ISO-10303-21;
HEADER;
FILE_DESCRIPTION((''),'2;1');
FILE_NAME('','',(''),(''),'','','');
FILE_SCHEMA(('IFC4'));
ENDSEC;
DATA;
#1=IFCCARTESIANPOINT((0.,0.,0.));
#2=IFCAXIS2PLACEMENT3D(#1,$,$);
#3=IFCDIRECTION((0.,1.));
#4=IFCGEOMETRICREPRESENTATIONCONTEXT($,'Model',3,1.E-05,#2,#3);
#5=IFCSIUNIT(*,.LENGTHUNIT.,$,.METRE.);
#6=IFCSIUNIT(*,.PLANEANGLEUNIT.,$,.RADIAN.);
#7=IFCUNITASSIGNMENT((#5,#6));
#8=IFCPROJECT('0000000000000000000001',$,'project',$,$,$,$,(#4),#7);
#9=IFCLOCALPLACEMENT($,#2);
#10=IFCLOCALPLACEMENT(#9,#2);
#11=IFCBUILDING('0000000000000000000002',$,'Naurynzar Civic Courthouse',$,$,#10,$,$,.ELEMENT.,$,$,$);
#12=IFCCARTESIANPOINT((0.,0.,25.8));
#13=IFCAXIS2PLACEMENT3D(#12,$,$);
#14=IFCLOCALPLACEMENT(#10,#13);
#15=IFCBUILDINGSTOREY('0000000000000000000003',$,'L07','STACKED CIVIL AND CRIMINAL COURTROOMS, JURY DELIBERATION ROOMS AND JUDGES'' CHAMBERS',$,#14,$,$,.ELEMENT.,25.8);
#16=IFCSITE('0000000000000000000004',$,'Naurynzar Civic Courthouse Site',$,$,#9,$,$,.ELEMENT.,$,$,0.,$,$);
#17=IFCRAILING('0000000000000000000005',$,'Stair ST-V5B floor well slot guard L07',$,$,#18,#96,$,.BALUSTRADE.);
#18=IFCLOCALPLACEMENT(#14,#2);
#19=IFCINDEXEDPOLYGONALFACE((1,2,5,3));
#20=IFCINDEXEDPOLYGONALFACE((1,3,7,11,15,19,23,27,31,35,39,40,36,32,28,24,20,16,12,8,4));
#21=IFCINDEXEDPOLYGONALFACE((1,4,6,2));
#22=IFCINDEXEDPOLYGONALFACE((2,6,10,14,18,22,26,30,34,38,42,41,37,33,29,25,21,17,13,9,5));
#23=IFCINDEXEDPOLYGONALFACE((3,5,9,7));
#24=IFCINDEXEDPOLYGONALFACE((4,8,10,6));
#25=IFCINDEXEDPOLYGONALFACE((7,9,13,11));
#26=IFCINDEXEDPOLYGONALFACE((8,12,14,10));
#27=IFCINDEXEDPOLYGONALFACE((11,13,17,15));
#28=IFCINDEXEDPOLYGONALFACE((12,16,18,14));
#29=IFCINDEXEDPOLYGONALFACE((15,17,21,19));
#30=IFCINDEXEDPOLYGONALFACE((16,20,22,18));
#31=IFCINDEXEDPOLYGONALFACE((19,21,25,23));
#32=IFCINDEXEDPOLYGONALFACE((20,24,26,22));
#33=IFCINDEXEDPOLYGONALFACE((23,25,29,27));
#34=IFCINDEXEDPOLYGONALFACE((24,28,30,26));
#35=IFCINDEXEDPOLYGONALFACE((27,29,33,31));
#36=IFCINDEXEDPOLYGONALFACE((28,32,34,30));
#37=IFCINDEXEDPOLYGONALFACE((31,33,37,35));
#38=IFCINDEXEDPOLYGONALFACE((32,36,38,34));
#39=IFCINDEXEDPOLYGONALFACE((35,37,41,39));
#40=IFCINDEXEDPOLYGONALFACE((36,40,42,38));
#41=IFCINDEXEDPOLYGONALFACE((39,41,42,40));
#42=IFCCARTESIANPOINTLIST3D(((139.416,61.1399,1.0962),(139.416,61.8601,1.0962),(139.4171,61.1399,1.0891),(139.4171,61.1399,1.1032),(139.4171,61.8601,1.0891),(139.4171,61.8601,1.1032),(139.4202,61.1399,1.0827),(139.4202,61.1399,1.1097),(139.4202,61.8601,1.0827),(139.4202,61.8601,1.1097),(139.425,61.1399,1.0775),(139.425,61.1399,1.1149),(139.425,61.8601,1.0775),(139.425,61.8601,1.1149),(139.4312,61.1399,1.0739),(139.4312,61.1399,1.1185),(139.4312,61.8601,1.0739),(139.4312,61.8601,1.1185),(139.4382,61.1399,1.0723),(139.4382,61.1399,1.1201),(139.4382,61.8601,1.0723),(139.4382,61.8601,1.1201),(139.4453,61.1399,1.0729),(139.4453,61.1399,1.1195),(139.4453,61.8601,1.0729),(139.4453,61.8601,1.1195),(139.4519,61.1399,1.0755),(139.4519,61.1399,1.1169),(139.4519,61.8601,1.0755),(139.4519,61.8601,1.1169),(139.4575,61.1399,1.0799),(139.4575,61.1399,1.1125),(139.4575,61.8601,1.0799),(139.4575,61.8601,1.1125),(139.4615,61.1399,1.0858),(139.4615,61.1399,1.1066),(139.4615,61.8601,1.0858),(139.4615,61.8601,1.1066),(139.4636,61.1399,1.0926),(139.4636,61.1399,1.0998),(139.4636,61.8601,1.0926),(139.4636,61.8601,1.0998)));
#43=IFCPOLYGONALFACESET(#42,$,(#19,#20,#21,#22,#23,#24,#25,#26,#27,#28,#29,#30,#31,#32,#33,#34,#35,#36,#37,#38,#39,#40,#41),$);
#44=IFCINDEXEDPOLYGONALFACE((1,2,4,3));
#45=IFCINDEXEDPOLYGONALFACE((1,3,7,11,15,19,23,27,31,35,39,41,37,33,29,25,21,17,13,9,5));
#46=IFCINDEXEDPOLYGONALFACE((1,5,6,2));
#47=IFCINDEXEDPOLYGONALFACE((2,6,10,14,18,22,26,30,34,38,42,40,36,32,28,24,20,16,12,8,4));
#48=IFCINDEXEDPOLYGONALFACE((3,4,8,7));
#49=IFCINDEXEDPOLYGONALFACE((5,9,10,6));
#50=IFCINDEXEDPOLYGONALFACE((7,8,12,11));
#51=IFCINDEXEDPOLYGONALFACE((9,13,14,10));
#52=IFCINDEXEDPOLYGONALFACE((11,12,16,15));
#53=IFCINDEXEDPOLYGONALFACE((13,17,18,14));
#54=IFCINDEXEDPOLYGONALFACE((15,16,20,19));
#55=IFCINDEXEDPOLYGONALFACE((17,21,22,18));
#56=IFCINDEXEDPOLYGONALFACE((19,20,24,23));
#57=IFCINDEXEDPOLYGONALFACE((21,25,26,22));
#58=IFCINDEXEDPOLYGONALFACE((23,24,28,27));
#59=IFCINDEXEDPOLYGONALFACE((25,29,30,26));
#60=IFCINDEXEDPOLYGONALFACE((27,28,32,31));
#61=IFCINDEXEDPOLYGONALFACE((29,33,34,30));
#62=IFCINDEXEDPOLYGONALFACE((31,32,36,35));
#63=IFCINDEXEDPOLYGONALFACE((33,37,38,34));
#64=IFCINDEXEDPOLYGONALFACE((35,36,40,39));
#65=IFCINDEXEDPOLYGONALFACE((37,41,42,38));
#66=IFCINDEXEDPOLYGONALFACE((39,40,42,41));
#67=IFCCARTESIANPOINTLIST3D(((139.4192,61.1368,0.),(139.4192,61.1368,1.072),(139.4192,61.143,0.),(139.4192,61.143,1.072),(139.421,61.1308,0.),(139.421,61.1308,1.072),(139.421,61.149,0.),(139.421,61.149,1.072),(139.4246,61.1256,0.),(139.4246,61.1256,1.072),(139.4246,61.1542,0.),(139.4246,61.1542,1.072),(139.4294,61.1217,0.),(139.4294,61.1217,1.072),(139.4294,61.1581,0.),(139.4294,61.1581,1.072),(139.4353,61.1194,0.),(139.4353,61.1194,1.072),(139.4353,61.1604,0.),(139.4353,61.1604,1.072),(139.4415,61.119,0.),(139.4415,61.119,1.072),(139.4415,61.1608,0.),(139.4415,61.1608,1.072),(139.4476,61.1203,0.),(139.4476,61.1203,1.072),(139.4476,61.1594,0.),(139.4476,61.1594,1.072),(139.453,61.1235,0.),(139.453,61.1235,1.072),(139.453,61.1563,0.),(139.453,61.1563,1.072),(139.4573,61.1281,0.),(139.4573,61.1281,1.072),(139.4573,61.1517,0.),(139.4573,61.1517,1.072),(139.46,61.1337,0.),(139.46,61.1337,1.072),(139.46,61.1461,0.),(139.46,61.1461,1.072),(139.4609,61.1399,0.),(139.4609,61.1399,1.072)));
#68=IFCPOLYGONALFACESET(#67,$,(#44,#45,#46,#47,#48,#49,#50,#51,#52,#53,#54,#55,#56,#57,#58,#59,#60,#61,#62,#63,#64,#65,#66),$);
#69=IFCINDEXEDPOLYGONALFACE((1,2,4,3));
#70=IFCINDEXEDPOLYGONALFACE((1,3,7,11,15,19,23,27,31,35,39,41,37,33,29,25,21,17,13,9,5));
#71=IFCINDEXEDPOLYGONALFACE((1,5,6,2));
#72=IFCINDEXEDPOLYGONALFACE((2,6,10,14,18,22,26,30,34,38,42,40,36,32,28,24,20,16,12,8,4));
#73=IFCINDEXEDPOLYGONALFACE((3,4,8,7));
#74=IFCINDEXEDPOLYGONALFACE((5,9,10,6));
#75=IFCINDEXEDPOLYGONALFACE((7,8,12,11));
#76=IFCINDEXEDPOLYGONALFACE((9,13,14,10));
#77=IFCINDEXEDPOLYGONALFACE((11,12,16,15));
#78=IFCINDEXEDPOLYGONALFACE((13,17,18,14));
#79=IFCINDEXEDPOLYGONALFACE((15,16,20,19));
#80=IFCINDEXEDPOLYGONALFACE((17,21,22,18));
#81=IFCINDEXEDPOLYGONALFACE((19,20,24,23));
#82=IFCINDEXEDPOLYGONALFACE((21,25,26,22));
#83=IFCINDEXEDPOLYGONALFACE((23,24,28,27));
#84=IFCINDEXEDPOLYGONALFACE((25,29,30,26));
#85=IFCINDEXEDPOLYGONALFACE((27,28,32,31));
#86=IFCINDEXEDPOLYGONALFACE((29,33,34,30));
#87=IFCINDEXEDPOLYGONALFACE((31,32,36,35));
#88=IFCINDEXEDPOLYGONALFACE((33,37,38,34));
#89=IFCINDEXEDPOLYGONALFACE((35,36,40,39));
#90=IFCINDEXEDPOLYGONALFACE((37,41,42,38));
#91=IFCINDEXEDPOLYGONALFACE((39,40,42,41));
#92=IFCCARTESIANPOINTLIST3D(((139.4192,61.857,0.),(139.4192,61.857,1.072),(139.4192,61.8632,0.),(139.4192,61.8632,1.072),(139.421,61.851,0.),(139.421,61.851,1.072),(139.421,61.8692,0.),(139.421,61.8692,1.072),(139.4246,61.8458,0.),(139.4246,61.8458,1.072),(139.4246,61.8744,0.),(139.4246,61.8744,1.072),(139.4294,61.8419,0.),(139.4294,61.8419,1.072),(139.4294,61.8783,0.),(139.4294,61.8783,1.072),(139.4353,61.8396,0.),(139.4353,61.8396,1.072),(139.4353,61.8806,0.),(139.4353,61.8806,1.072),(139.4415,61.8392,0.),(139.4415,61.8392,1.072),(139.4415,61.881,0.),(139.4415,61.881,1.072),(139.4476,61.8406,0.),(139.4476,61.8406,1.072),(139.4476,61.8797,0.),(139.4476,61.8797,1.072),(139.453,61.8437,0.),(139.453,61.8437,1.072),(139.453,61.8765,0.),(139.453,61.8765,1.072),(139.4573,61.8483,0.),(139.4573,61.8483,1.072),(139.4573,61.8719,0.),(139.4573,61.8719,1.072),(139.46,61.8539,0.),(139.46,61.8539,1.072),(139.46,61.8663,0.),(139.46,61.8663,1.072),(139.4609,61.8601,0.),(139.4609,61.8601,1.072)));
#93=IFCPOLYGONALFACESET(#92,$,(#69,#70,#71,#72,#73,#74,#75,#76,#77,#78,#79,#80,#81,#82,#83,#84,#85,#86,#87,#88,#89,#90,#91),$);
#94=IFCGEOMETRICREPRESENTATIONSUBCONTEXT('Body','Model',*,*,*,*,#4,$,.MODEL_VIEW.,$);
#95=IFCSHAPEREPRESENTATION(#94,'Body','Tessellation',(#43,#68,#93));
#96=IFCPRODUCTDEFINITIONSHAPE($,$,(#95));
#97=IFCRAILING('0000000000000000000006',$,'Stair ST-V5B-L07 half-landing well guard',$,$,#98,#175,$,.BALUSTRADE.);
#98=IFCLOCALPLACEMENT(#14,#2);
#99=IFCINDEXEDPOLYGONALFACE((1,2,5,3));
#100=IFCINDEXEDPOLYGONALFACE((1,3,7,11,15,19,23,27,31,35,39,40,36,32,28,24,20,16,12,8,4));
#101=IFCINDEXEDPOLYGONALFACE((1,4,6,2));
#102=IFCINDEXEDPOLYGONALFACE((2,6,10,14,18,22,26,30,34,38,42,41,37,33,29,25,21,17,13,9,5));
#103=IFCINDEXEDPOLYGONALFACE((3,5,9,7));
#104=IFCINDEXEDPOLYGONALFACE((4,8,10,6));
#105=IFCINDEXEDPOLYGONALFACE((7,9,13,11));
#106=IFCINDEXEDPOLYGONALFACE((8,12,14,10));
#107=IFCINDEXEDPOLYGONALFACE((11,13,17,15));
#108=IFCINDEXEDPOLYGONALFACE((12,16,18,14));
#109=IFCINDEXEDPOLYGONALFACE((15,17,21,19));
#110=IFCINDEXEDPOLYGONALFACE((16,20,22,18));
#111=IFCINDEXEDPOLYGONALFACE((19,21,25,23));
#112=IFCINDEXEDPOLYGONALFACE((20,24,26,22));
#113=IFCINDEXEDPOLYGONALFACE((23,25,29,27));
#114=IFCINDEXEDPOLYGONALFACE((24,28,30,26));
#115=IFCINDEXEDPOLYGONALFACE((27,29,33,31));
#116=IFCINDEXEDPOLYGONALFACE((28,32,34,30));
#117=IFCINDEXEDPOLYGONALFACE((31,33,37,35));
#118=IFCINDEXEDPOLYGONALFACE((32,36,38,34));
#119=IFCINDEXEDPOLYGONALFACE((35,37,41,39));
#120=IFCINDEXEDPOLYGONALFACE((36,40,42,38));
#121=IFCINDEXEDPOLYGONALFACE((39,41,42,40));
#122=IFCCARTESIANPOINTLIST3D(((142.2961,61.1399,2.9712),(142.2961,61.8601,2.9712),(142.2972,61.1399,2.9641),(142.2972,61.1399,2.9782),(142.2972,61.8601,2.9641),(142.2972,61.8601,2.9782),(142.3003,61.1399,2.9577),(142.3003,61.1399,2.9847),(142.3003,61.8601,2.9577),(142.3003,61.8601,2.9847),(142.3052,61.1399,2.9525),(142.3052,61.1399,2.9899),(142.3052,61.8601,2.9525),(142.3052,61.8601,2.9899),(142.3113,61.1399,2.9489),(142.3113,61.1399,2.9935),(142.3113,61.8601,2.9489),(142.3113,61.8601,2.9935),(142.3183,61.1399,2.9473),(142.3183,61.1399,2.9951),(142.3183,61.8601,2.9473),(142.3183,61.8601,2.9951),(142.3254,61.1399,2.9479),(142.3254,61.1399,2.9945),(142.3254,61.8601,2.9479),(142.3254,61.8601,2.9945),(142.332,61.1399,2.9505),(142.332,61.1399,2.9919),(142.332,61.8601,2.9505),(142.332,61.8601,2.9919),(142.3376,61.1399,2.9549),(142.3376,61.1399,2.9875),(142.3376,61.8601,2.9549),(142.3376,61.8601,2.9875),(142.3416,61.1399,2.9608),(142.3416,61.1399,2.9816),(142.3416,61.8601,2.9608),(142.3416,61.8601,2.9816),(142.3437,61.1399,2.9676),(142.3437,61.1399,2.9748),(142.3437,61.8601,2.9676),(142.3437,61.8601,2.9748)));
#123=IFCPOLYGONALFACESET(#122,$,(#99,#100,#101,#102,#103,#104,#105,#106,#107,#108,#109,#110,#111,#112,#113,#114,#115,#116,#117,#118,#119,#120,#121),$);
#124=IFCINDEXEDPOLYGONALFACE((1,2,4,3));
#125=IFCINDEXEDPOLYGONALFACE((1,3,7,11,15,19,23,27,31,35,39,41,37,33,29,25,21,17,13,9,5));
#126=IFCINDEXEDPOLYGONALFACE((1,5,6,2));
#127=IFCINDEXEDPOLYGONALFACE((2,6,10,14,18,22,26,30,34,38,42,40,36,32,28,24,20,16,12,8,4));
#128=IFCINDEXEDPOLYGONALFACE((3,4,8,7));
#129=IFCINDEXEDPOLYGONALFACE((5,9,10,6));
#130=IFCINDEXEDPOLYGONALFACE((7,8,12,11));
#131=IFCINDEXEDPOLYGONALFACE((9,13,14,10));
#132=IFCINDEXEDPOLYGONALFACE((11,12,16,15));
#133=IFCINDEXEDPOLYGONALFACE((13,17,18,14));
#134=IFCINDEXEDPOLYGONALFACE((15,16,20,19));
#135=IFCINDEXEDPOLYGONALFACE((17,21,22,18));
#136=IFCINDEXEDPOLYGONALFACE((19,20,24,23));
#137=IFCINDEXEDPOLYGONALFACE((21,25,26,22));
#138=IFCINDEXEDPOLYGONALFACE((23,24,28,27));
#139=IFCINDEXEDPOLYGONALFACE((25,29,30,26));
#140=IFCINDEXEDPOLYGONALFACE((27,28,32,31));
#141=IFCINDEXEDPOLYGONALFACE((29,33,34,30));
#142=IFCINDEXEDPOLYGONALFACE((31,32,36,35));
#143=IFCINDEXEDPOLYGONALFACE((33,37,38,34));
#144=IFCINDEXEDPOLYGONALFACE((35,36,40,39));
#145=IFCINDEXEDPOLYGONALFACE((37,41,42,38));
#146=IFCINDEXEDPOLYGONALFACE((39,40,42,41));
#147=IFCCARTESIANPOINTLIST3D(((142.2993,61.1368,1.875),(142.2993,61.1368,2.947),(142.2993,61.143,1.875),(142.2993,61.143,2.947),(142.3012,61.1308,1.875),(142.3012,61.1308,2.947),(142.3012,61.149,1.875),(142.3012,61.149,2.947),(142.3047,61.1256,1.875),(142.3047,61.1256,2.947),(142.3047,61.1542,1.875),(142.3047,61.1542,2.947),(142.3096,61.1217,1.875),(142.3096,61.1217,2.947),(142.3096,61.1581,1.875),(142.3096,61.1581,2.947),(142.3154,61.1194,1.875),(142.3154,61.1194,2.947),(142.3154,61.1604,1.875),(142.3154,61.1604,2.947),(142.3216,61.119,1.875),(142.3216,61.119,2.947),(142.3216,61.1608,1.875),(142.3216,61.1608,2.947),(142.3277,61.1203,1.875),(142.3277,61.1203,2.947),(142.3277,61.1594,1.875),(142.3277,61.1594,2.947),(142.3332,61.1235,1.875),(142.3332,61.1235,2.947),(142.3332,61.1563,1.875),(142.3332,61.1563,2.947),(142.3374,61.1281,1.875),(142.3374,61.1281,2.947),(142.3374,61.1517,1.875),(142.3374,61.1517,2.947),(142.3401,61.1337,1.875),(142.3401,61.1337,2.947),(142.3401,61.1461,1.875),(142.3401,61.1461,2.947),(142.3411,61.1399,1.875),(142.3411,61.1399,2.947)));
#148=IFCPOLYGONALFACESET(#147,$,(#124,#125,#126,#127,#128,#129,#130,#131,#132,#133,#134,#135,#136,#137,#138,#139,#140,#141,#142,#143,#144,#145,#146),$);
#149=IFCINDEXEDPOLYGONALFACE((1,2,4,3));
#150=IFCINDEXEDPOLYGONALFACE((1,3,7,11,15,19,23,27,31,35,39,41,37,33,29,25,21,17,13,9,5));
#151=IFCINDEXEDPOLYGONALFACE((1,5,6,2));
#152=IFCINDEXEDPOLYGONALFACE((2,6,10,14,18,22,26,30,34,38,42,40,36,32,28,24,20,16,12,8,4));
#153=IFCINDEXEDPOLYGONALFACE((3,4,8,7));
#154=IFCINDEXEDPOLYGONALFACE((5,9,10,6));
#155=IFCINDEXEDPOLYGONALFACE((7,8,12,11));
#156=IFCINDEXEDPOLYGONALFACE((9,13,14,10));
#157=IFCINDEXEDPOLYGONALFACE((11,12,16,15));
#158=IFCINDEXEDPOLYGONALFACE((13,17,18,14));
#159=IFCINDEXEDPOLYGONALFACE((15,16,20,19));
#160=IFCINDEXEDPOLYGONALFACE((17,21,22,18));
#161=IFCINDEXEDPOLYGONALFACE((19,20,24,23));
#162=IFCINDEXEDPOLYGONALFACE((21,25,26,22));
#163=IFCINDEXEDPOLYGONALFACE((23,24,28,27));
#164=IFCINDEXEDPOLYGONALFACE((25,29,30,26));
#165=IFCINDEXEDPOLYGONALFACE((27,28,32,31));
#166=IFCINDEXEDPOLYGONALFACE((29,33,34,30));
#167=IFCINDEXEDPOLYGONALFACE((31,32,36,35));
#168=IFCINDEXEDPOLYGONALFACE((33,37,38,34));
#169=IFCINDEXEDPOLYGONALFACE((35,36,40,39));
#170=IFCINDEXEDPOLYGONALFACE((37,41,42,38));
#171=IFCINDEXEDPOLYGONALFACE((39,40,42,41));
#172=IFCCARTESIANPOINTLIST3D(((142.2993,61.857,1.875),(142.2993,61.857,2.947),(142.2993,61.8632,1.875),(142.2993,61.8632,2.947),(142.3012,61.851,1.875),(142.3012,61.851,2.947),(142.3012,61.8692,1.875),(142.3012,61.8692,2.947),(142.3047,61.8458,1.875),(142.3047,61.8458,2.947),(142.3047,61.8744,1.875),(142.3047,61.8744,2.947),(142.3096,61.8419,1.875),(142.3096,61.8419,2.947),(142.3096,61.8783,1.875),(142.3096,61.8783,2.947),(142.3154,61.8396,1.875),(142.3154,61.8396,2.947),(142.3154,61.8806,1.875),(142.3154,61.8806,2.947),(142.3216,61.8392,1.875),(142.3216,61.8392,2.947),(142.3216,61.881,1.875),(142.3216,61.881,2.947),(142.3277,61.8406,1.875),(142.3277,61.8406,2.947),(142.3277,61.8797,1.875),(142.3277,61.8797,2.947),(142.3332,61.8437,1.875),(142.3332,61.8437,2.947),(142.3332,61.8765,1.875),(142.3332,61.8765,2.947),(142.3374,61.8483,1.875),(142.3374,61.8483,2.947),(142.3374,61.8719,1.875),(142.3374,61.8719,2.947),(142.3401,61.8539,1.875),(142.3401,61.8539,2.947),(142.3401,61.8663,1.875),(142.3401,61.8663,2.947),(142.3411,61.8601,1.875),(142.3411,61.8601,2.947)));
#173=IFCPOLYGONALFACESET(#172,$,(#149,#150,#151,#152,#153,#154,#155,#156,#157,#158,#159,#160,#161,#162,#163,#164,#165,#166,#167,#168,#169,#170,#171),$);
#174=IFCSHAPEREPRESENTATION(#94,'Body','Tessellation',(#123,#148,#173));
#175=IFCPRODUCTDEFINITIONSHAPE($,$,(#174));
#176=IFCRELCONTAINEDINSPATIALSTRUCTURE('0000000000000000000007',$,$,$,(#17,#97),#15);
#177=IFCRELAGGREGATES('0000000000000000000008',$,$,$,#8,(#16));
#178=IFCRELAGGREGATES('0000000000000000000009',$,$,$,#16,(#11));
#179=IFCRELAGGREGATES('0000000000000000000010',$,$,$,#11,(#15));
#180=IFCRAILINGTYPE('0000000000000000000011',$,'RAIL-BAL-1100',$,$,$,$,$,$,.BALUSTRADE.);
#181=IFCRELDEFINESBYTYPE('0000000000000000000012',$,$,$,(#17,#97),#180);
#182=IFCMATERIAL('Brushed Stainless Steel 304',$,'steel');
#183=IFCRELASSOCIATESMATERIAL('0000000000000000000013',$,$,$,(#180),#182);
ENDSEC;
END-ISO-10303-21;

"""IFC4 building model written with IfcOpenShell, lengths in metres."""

from ifc_helpers import new_model, si_unit, direction, frame, origin, origin_2d, place, context, subcontext, project, spatial, circle, extrude, material, type_object, element, save


model = new_model("IFC4")

# Units and contexts
model_context = context("Model", 3, precision=1e-05, world=origin(), true_north=direction((0.0, 1.0)))
body_context = subcontext(model_context, "Body", "Model", "MODEL_VIEW")
ifc_project = project(units=[si_unit("LENGTHUNIT", "METRE"), si_unit("PLANEANGLEUNIT", "RADIAN")], contexts=[model_context])

# Site, building, storey
site_placement = place(None, origin())
site = spatial("IfcSite", under=ifc_project, at=site_placement, Name="Naurynzar Civic Courthouse Site", CompositionType="ELEMENT", RefElevation=0.0)
building_placement = place(site_placement, origin())
building = spatial("IfcBuilding", under=site, at=building_placement, Name="Naurynzar Civic Courthouse", CompositionType="ELEMENT")
storey_placement = place(building_placement, frame((0.0, 0.0, 25.8)))
storey = spatial("IfcBuildingStorey", under=building, at=storey_placement, Name="L07", Description="STACKED CIVIL AND CRIMINAL COURTROOMS, JURY DELIBERATION ROOMS AND JUDGES' CHAMBERS", CompositionType="ELEMENT", Elevation=25.8)

# Railings
ifc_material_1 = material(Name="Brushed Stainless Steel 304", Category="steel")
railing_type_1 = type_object("IfcRailingType", Name="RAIL-BAL-1100", PredefinedType="BALUSTRADE", material=ifc_material_1)
for number, where, name in (
    (1, (139.4399, 61.1399, 0.0), "Stair ST-V5B floor well slot guard L07"),
    (2, (142.3201, 61.1399, 1.875), "Stair ST-V5B-L07 half-landing well guard"),
):
    element("IfcRailing", number, at=place(storey_placement, frame(where)), inside=storey, type_object=railing_type_1, Name=name, PredefinedType="BALUSTRADE", context=body_context, shape_type="SweptSolid", body=[
        extrude(circle(Radius=0.0239, at=origin_2d()), frame((0.0, 0.0, 1.0962), z_axis=(0.0, 1.0, 0.0), x_axis=(-1.0, 0.0, 0.0)), (0.0, 0.0, 1.0), 0.7202),
        extrude(circle(Radius=0.021, at=origin_2d()), origin(), (0.0, 0.0, 1.0), 1.072),
        extrude(circle(Radius=0.021, at=origin_2d()), frame((0.0, 0.7202, 0.0)), (0.0, 0.0, 1.0), 1.072),
    ])

save(model, "model.ifc")
